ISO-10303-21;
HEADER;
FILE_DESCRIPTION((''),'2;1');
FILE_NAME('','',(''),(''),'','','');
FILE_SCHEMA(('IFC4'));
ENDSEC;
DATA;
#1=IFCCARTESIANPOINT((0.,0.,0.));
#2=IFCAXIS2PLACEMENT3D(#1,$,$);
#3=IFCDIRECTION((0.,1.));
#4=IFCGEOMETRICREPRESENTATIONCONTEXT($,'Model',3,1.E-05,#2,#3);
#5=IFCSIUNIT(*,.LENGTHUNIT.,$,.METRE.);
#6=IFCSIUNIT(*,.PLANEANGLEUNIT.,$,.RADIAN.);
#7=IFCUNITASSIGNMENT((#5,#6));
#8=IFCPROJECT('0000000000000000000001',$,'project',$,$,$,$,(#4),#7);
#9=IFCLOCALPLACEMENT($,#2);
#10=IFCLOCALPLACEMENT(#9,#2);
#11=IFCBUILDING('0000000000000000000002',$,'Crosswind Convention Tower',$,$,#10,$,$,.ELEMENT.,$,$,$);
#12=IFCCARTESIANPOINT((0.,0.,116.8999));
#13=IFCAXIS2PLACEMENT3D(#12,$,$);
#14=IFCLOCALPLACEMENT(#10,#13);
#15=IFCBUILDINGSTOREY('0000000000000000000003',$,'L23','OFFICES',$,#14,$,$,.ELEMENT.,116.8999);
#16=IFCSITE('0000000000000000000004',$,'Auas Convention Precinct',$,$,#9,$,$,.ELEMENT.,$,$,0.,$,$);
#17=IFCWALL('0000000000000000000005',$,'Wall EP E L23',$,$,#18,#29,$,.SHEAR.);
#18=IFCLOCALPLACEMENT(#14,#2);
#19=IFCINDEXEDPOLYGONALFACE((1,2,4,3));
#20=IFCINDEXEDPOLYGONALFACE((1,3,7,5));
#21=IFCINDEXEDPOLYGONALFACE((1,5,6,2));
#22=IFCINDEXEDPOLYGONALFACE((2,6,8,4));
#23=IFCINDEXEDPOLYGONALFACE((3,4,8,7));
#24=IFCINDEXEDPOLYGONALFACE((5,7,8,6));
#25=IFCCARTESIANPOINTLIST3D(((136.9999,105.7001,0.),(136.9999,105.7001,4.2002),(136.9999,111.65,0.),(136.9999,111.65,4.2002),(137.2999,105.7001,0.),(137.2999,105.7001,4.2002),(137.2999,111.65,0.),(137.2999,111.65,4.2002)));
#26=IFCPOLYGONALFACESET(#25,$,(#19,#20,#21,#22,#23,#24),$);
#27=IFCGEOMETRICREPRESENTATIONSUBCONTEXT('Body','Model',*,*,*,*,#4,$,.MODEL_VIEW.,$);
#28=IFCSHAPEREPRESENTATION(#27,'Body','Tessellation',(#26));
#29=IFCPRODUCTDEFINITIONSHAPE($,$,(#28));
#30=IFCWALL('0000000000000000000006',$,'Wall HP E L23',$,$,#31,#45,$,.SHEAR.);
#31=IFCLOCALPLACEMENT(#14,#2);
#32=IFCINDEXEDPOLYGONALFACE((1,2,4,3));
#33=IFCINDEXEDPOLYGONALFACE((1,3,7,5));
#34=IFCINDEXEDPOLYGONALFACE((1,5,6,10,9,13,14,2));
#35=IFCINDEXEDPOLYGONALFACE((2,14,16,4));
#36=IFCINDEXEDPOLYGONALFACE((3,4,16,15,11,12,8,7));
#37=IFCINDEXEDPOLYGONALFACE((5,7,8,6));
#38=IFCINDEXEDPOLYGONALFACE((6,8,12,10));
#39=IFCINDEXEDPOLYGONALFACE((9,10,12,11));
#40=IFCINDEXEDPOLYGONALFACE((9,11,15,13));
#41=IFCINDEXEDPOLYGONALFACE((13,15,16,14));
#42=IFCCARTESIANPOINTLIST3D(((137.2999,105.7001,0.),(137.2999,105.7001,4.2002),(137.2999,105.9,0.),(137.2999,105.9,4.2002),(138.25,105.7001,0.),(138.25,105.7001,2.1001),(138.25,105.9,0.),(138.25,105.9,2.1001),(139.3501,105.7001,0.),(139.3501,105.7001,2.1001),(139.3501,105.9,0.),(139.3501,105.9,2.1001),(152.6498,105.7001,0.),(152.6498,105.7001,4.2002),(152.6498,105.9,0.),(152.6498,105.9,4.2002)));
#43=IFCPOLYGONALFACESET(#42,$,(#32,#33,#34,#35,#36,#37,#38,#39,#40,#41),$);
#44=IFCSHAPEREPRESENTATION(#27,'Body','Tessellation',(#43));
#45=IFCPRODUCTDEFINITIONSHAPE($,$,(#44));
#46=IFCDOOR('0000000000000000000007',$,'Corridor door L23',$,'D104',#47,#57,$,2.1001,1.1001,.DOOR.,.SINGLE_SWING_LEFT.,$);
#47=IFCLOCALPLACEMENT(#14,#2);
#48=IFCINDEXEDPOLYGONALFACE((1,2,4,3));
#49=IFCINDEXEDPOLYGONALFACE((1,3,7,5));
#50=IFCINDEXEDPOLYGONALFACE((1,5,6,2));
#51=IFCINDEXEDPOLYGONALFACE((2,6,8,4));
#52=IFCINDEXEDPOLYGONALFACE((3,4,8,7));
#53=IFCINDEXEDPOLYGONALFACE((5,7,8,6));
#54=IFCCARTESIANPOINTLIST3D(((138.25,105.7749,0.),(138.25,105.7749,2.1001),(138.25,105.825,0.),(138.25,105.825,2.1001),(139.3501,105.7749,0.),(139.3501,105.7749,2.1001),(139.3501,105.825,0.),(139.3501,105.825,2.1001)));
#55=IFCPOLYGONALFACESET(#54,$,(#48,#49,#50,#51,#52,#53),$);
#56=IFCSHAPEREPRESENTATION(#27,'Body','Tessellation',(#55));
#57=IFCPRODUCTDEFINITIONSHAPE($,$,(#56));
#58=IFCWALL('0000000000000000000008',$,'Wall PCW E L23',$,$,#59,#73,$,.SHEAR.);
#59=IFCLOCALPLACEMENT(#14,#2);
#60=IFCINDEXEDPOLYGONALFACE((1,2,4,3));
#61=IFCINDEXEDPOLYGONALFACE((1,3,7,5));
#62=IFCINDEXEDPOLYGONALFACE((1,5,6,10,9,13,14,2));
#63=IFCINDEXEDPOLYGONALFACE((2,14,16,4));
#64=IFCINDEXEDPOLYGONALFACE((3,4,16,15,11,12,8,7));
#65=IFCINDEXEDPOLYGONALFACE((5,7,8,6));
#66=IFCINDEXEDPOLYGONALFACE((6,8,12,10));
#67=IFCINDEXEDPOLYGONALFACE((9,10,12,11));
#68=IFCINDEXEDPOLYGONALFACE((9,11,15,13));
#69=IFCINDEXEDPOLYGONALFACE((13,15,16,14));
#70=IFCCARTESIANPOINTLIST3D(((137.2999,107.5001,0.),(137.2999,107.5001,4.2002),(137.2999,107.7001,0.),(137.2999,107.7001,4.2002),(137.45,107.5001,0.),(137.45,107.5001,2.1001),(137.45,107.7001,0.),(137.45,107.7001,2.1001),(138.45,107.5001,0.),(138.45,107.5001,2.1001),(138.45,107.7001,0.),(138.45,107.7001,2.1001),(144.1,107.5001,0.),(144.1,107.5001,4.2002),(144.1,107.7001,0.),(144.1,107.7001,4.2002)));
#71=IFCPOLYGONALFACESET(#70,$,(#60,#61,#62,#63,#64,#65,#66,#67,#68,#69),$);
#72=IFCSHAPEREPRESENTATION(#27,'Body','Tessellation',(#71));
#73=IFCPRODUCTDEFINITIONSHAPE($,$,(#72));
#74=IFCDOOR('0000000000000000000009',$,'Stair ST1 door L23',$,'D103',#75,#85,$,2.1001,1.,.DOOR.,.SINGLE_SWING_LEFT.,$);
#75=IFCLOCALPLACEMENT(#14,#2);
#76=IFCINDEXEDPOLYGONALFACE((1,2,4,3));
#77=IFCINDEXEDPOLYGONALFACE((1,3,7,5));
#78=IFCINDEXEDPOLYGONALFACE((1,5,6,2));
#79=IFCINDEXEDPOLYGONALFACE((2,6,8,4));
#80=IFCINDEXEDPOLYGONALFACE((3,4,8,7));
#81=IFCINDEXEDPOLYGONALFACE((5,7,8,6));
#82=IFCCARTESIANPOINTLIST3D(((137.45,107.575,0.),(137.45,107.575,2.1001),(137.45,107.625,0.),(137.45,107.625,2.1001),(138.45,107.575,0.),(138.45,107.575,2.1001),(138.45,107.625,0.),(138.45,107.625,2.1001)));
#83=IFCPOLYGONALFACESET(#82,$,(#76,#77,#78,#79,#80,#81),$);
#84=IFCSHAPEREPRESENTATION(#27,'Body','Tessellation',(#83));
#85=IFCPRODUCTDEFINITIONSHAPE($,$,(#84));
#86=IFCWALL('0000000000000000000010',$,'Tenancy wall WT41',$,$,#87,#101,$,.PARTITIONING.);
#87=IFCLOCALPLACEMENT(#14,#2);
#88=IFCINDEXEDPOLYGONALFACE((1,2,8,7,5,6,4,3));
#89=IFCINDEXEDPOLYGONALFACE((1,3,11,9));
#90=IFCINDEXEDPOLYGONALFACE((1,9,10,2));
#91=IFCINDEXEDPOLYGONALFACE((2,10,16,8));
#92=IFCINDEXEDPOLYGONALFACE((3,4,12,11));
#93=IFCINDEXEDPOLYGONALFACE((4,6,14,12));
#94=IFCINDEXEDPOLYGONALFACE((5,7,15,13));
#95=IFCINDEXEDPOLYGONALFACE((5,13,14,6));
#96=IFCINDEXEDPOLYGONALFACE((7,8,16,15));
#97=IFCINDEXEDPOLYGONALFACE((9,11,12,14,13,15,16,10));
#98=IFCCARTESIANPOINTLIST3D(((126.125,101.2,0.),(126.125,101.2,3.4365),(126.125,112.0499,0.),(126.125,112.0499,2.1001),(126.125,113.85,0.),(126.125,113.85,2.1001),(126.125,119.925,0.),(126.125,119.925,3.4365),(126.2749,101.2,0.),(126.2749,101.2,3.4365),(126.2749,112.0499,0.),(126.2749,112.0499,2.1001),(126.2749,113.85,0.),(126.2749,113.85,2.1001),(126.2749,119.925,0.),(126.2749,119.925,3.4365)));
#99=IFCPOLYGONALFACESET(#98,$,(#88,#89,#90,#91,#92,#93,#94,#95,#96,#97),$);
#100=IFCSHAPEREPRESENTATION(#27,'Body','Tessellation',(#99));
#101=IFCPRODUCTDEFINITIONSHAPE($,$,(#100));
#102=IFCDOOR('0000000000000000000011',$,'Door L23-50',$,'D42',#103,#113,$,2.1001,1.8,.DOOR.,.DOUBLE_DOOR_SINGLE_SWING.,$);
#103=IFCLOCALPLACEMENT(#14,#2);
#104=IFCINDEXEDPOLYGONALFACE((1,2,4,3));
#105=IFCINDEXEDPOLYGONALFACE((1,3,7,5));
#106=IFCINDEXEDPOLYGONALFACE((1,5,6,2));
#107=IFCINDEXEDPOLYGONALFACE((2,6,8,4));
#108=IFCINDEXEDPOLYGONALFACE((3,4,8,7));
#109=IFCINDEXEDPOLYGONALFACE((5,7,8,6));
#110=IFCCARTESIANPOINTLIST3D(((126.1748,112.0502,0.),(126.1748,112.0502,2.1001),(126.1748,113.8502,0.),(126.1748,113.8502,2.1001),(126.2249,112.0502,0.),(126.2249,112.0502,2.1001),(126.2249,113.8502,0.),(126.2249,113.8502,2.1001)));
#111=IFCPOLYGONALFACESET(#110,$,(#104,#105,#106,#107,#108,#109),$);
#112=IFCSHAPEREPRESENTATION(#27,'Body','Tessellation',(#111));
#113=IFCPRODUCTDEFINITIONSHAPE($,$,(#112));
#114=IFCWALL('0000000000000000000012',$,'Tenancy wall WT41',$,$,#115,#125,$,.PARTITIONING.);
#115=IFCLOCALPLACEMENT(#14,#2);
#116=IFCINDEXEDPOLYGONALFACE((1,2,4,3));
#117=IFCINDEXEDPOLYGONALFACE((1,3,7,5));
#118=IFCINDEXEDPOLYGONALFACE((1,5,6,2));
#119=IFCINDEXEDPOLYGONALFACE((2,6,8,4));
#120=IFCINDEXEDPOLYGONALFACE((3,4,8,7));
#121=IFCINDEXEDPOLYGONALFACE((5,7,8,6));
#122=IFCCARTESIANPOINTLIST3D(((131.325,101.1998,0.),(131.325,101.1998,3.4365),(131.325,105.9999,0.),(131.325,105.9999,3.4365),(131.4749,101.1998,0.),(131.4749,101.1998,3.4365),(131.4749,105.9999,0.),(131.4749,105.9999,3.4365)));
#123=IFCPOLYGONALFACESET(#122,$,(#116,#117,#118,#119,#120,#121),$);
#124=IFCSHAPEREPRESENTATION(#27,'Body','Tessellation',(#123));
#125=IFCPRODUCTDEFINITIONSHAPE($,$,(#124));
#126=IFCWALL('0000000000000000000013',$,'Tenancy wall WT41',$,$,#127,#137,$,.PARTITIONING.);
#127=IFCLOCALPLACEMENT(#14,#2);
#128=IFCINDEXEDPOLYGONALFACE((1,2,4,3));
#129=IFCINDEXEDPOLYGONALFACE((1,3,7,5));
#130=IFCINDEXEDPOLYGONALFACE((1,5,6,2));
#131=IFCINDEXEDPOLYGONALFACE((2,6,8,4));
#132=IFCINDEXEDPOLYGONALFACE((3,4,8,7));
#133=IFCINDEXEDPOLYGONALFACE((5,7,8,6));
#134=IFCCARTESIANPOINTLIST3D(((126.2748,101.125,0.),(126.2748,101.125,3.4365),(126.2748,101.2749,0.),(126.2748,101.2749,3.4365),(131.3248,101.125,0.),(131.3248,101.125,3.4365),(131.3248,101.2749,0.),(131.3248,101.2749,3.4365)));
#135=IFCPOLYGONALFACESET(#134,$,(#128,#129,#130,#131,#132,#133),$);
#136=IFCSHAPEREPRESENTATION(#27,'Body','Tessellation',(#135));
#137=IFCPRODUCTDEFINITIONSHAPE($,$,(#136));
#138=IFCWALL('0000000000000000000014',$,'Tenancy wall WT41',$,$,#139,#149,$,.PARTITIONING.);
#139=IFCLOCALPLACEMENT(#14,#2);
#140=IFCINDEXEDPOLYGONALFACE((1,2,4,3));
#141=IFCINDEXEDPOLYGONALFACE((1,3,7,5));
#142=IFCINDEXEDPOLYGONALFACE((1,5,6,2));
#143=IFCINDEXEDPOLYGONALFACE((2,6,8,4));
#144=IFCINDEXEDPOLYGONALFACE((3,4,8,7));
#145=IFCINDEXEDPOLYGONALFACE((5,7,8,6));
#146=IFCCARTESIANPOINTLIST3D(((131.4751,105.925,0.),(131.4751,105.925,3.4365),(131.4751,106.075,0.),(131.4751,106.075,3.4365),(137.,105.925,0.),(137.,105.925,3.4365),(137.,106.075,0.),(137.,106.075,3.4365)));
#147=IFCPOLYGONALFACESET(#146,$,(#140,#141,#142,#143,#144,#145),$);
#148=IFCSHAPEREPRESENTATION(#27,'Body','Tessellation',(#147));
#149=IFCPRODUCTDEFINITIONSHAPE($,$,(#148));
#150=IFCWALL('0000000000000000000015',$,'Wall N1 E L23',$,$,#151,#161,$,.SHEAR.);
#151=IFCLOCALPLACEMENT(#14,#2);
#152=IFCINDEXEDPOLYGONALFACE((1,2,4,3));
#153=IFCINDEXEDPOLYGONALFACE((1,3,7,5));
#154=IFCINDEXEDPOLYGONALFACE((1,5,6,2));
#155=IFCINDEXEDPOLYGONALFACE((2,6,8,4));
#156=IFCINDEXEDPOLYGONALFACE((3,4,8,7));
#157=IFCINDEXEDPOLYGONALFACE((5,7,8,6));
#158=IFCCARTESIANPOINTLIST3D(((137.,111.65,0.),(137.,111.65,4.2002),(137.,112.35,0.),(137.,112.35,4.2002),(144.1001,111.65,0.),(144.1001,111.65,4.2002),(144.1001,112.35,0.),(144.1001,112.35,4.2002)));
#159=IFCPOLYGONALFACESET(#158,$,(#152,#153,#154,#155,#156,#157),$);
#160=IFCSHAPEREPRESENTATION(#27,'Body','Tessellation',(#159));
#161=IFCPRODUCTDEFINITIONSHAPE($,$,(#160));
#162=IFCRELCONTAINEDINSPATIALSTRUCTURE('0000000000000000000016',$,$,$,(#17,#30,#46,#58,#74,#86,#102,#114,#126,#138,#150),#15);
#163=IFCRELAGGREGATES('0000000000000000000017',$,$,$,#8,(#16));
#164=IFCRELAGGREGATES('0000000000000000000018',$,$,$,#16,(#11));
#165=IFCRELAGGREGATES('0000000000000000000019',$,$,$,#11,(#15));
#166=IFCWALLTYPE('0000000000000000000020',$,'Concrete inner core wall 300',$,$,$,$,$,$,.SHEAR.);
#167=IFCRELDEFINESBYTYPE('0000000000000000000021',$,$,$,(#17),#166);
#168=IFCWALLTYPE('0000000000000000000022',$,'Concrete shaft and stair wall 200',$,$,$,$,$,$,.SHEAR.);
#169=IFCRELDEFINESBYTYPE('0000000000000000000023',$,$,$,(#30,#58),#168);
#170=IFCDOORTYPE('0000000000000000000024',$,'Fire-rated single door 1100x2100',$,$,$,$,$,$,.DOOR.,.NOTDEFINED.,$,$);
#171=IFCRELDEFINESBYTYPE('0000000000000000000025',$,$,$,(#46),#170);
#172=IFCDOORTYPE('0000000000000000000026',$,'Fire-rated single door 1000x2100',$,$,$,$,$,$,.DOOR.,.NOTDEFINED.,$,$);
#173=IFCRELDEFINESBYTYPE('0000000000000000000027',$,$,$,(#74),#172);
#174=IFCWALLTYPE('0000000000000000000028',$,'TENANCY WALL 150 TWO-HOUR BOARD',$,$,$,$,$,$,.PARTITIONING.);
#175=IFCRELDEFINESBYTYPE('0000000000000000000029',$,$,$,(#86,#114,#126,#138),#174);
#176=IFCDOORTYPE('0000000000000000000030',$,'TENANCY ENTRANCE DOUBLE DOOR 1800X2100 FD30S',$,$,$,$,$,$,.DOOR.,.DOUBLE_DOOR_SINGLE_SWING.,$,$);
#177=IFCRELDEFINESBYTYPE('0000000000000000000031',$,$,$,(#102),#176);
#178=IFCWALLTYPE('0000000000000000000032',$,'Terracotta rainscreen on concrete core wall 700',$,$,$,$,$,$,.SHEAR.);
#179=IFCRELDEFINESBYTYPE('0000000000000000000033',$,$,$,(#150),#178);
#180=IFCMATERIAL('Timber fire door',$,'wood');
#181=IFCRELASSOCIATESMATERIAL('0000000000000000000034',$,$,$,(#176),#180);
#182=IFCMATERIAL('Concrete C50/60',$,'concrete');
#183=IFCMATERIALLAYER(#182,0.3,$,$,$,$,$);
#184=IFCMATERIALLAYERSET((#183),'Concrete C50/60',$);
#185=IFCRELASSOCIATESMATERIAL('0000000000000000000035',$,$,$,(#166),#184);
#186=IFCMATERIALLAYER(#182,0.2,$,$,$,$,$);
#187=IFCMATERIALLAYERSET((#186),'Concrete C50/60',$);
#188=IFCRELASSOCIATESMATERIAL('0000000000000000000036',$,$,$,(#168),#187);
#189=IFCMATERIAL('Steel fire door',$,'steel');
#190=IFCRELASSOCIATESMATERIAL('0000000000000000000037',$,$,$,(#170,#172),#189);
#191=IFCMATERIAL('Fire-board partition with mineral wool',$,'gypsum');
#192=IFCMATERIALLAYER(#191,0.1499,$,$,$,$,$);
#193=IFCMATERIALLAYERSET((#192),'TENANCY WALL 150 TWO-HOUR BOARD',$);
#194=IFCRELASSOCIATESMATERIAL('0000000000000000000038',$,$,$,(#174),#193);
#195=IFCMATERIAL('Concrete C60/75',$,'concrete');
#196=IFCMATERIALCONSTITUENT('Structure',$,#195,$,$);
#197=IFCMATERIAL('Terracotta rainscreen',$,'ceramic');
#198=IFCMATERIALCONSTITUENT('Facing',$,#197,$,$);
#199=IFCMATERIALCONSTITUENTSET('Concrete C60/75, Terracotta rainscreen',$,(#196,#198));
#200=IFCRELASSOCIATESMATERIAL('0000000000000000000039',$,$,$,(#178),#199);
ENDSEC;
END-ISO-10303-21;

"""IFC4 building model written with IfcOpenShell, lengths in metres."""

from ifc_helpers import new_model, si_unit, direction, frame, frame_2d, origin, place, context, subcontext, project, spatial, rectangle, extrude, material, layer, layer_set, constituent, constituent_set, type_object, element, fill, save


model = new_model("IFC4")

# Units and contexts
model_context = context("Model", 3, precision=1e-05, world=origin(), true_north=direction((0.0, 1.0)))
body_context = subcontext(model_context, "Body", "Model", "MODEL_VIEW")
ifc_project = project(units=[si_unit("LENGTHUNIT", "METRE"), si_unit("PLANEANGLEUNIT", "RADIAN")], contexts=[model_context])

# Site, building, storey
site_placement = place(None, origin())
site = spatial("IfcSite", under=ifc_project, at=site_placement, Name="Auas Convention Precinct", CompositionType="ELEMENT", RefElevation=0.0)
building_placement = place(site_placement, origin())
building = spatial("IfcBuilding", under=site, at=building_placement, Name="Crosswind Convention Tower", CompositionType="ELEMENT")
storey_placement = place(building_placement, frame((0.0, 0.0, 116.8999)))
storey = spatial("IfcBuildingStorey", under=building, at=storey_placement, Name="L23", Description="OFFICES", CompositionType="ELEMENT", Elevation=116.8999)

# Shared definitions
ifc_material_1 = material(Name="Steel fire door", Category="steel")
ifc_material_2 = material(Name="Timber fire door", Category="wood")
door_type_1 = type_object("IfcDoorType", Name="TENANCY ENTRANCE DOUBLE DOOR 1800X2100 FD30S", OperationType="DOUBLE_DOOR_SINGLE_SWING", PredefinedType="DOOR", material=ifc_material_2)

# Wall
ifc_material_3 = material(Name="Concrete C50/60", Category="concrete")
ifc_layer_1 = layer(ifc_material_3, 0.3)
ifc_layer_set_1 = layer_set([ifc_layer_1], Name="Concrete C50/60")
wall_type_1 = type_object("IfcWallType", Name="Concrete inner core wall 300", PredefinedType="SHEAR", material=ifc_layer_set_1)
wall_1_placement = place(storey_placement, frame((137.1499, 105.7, 0.0), z_axis=(0.0, 0.0, 1.0), x_axis=(0.0, 1.0, 0.0)))
element("IfcWall", 1, at=wall_1_placement, inside=storey, type_object=wall_type_1, Name="Wall EP E L23", PredefinedType="SHEAR", context=body_context, shape_type="SweptSolid", body=[
    extrude(rectangle(XDim=5.95, YDim=0.3, at=frame_2d((2.9751, 0.0))), origin(), (0.0, 0.0, 1.0), 4.2002),
])

# Walls, openings, doors
ifc_layer_2 = layer(ifc_material_3, 0.2)
ifc_layer_set_2 = layer_set([ifc_layer_2], Name="Concrete C50/60")
wall_type_2 = type_object("IfcWallType", Name="Concrete shaft and stair wall 200", PredefinedType="SHEAR", material=ifc_layer_set_2)
wall_2_placement = place(storey_placement, frame((137.3, 105.8, 0.0), z_axis=(0.0, 0.0, 1.0), x_axis=(1.0, 0.0, 0.0)))
wall_2 = element("IfcWall", 2, at=wall_2_placement, inside=storey, type_object=wall_type_2, Name="Wall HP E L23", PredefinedType="SHEAR", context=body_context, shape_type="SweptSolid", body=[
    extrude(rectangle(XDim=15.3499, YDim=0.2, at=frame_2d((7.6748, 0.0))), origin(), (0.0, 0.0, 1.0), 4.2002),
])
opening_1_placement = place(wall_2_placement, frame((0.95, 0.0, 0.0)))
opening_1 = element("IfcOpeningElement", 3, at=opening_1_placement, cuts=wall_2, PredefinedType="OPENING", context=body_context, shape_type="SweptSolid", body=[
    extrude(rectangle(XDim=1.1001, YDim=2.1001, at=frame_2d((0.55, 1.05))), frame((0.0, 0.1099, 0.0), z_axis=(0.0, -1.0, 0.0), x_axis=(1.0, 0.0, 0.0)), (0.0, 0.0, 1.0), 0.22),
])
door_type_2 = type_object("IfcDoorType", Name="Fire-rated single door 1100x2100", OperationType="NOTDEFINED", PredefinedType="DOOR", material=ifc_material_1)
door_1_placement = place(opening_1_placement, origin())
door_1 = element("IfcDoor", 4, at=door_1_placement, inside=storey, type_object=door_type_2, Name="Corridor door L23", ObjectType="D104", OperationType="SINGLE_SWING_LEFT", OverallHeight=2.1001, OverallWidth=1.1001, PredefinedType="DOOR", context=body_context, shape_type="SweptSolid", body=[
    extrude(rectangle(XDim=1.1001, YDim=2.1001, at=frame_2d((0.55, 1.05))), frame((0.0, 0.0249, 0.0), z_axis=(0.0, -1.0, 0.0), x_axis=(1.0, 0.0, 0.0)), (0.0, 0.0, 1.0), 0.05),
])
fill(opening_1, door_1)
wall_3_placement = place(storey_placement, frame((137.3, 107.6001, 0.0), z_axis=(0.0, 0.0, 1.0), x_axis=(1.0, 0.0, 0.0)))
wall_3 = element("IfcWall", 5, at=wall_3_placement, inside=storey, type_object=wall_type_2, Name="Wall PCW E L23", PredefinedType="SHEAR", context=body_context, shape_type="SweptSolid", body=[
    extrude(rectangle(XDim=6.8, YDim=0.2, at=frame_2d((3.3999, 0.0))), origin(), (0.0, 0.0, 1.0), 4.2002),
])
opening_2_placement = place(wall_3_placement, frame((0.1499, 0.0, 0.0)))
opening_2 = element("IfcOpeningElement", 6, at=opening_2_placement, cuts=wall_3, PredefinedType="OPENING", context=body_context, shape_type="SweptSolid", body=[
    extrude(rectangle(XDim=1.0, YDim=2.1001, at=frame_2d((0.5, 1.05))), frame((0.0, 0.1099, 0.0), z_axis=(0.0, -1.0, 0.0), x_axis=(1.0, 0.0, 0.0)), (0.0, 0.0, 1.0), 0.22),
])
door_type_3 = type_object("IfcDoorType", Name="Fire-rated single door 1000x2100", OperationType="NOTDEFINED", PredefinedType="DOOR", material=ifc_material_1)
door_2_placement = place(opening_2_placement, origin())
door_2 = element("IfcDoor", 7, at=door_2_placement, inside=storey, type_object=door_type_3, Name="Stair ST1 door L23", ObjectType="D103", OperationType="SINGLE_SWING_LEFT", OverallHeight=2.1001, OverallWidth=1.0, PredefinedType="DOOR", context=body_context, shape_type="SweptSolid", body=[
    extrude(rectangle(XDim=1.0, YDim=2.1001, at=frame_2d((0.5, 1.05))), frame((0.0, 0.0249, 0.0), z_axis=(0.0, -1.0, 0.0), x_axis=(1.0, 0.0, 0.0)), (0.0, 0.0, 1.0), 0.05),
])
fill(opening_2, door_2)
ifc_material_4 = material(Name="Fire-board partition with mineral wool", Category="gypsum")
ifc_layer_3 = layer(ifc_material_4, 0.1499)
ifc_layer_set_3 = layer_set([ifc_layer_3], Name="TENANCY WALL 150 TWO-HOUR BOARD")
wall_type_3 = type_object("IfcWallType", Name="TENANCY WALL 150 TWO-HOUR BOARD", PredefinedType="PARTITIONING", material=ifc_layer_set_3)
wall_4_placement = place(storey_placement, frame((126.2, 101.2, 0.0), z_axis=(0.0, 0.0, 1.0), x_axis=(0.0, 1.0, 0.0)))
wall_4 = element("IfcWall", 8, at=wall_4_placement, inside=storey, type_object=wall_type_3, Name="Tenancy wall WT41", PredefinedType="PARTITIONING", context=body_context, shape_type="SweptSolid", body=[
    extrude(rectangle(XDim=18.7251, YDim=0.1499, at=frame_2d((9.3625, 0.0))), origin(), (0.0, 0.0, 1.0), 3.4365),
])
opening_3_placement = place(wall_4_placement, frame((10.8501, 0.0, 0.0)))
opening_3 = element("IfcOpeningElement", 9, at=opening_3_placement, cuts=wall_4, PredefinedType="OPENING", context=body_context, shape_type="SweptSolid", body=[
    extrude(rectangle(XDim=1.8, YDim=2.1001, at=frame_2d((0.8999, 1.05))), frame((0.0, 0.085, 0.0), z_axis=(0.0, -1.0, 0.0), x_axis=(1.0, 0.0, 0.0)), (0.0, 0.0, 1.0), 0.1699),
])
door_3_placement = place(opening_3_placement, frame((1.8, 0.0, 0.0), z_axis=(0.0, 0.0, 1.0), x_axis=(-1.0, 0.0, 0.0)))
door_3 = element("IfcDoor", 10, at=door_3_placement, inside=storey, type_object=door_type_1, Name="Door L23-50", ObjectType="D42", OperationType="DOUBLE_DOOR_SINGLE_SWING", OverallHeight=2.1001, OverallWidth=1.8, PredefinedType="DOOR", context=body_context, shape_type="SweptSolid", body=[
    extrude(rectangle(XDim=1.8, YDim=2.1001, at=frame_2d((0.8999, 1.05))), frame((0.0, 0.0249, 0.0), z_axis=(0.0, -1.0, 0.0), x_axis=(1.0, 0.0, 0.0)), (0.0, 0.0, 1.0), 0.05),
])
fill(opening_3, door_3)

# Walls
wall_5_placement = place(storey_placement, frame((131.3999, 101.2, 0.0), z_axis=(0.0, 0.0, 1.0), x_axis=(0.0, 1.0, 0.0)))
element("IfcWall", 11, at=wall_5_placement, inside=storey, type_object=wall_type_3, Name="Tenancy wall WT41", PredefinedType="PARTITIONING", context=body_context, shape_type="SweptSolid", body=[
    extrude(rectangle(XDim=4.8, YDim=0.1499, at=frame_2d((2.3999, 0.0))), origin(), (0.0, 0.0, 1.0), 3.4365),
])
wall_6_placement = place(storey_placement, frame((126.2749, 101.2, 0.0), z_axis=(0.0, 0.0, 1.0), x_axis=(1.0, 0.0, 0.0)))
element("IfcWall", 12, at=wall_6_placement, inside=storey, type_object=wall_type_3, Name="Tenancy wall WT41", PredefinedType="PARTITIONING", context=body_context, shape_type="SweptSolid", body=[
    extrude(rectangle(XDim=5.05, YDim=0.1499, at=frame_2d((2.5249, 0.0))), origin(), (0.0, 0.0, 1.0), 3.4365),
])
wall_7_placement = place(storey_placement, frame((131.4751, 106.0, 0.0), z_axis=(0.0, 0.0, 1.0), x_axis=(1.0, 0.0, 0.0)))
element("IfcWall", 13, at=wall_7_placement, inside=storey, type_object=wall_type_3, Name="Tenancy wall WT41", PredefinedType="PARTITIONING", context=body_context, shape_type="SweptSolid", body=[
    extrude(rectangle(XDim=5.5249, YDim=0.1499, at=frame_2d((2.7625, 0.0))), origin(), (0.0, 0.0, 1.0), 3.4365),
])
ifc_material_5 = material(Name="Concrete C60/75", Category="concrete")
ifc_constituent_1 = constituent(ifc_material_5, Name="Structure")
ifc_material_6 = material(Name="Terracotta rainscreen", Category="ceramic")
ifc_constituent_2 = constituent(ifc_material_6, Name="Facing")
ifc_constituent_set = constituent_set(constituents=[ifc_constituent_1, ifc_constituent_2], Name="Concrete C60/75, Terracotta rainscreen")
wall_type_4 = type_object("IfcWallType", Name="Terracotta rainscreen on concrete core wall 700", PredefinedType="SHEAR", material=ifc_constituent_set)
wall_8_placement = place(storey_placement, frame((137.0, 112.0, 0.0), z_axis=(0.0, 0.0, 1.0), x_axis=(1.0, 0.0, 0.0)))
element("IfcWall", 14, at=wall_8_placement, inside=storey, type_object=wall_type_4, Name="Wall N1 E L23", PredefinedType="SHEAR", context=body_context, shape_type="SweptSolid", body=[
    extrude(rectangle(XDim=7.1001, YDim=0.7, at=frame_2d((3.55, 0.0))), origin(), (0.0, 0.0, 1.0), 4.2002),
])

save(model, "model.ifc")
